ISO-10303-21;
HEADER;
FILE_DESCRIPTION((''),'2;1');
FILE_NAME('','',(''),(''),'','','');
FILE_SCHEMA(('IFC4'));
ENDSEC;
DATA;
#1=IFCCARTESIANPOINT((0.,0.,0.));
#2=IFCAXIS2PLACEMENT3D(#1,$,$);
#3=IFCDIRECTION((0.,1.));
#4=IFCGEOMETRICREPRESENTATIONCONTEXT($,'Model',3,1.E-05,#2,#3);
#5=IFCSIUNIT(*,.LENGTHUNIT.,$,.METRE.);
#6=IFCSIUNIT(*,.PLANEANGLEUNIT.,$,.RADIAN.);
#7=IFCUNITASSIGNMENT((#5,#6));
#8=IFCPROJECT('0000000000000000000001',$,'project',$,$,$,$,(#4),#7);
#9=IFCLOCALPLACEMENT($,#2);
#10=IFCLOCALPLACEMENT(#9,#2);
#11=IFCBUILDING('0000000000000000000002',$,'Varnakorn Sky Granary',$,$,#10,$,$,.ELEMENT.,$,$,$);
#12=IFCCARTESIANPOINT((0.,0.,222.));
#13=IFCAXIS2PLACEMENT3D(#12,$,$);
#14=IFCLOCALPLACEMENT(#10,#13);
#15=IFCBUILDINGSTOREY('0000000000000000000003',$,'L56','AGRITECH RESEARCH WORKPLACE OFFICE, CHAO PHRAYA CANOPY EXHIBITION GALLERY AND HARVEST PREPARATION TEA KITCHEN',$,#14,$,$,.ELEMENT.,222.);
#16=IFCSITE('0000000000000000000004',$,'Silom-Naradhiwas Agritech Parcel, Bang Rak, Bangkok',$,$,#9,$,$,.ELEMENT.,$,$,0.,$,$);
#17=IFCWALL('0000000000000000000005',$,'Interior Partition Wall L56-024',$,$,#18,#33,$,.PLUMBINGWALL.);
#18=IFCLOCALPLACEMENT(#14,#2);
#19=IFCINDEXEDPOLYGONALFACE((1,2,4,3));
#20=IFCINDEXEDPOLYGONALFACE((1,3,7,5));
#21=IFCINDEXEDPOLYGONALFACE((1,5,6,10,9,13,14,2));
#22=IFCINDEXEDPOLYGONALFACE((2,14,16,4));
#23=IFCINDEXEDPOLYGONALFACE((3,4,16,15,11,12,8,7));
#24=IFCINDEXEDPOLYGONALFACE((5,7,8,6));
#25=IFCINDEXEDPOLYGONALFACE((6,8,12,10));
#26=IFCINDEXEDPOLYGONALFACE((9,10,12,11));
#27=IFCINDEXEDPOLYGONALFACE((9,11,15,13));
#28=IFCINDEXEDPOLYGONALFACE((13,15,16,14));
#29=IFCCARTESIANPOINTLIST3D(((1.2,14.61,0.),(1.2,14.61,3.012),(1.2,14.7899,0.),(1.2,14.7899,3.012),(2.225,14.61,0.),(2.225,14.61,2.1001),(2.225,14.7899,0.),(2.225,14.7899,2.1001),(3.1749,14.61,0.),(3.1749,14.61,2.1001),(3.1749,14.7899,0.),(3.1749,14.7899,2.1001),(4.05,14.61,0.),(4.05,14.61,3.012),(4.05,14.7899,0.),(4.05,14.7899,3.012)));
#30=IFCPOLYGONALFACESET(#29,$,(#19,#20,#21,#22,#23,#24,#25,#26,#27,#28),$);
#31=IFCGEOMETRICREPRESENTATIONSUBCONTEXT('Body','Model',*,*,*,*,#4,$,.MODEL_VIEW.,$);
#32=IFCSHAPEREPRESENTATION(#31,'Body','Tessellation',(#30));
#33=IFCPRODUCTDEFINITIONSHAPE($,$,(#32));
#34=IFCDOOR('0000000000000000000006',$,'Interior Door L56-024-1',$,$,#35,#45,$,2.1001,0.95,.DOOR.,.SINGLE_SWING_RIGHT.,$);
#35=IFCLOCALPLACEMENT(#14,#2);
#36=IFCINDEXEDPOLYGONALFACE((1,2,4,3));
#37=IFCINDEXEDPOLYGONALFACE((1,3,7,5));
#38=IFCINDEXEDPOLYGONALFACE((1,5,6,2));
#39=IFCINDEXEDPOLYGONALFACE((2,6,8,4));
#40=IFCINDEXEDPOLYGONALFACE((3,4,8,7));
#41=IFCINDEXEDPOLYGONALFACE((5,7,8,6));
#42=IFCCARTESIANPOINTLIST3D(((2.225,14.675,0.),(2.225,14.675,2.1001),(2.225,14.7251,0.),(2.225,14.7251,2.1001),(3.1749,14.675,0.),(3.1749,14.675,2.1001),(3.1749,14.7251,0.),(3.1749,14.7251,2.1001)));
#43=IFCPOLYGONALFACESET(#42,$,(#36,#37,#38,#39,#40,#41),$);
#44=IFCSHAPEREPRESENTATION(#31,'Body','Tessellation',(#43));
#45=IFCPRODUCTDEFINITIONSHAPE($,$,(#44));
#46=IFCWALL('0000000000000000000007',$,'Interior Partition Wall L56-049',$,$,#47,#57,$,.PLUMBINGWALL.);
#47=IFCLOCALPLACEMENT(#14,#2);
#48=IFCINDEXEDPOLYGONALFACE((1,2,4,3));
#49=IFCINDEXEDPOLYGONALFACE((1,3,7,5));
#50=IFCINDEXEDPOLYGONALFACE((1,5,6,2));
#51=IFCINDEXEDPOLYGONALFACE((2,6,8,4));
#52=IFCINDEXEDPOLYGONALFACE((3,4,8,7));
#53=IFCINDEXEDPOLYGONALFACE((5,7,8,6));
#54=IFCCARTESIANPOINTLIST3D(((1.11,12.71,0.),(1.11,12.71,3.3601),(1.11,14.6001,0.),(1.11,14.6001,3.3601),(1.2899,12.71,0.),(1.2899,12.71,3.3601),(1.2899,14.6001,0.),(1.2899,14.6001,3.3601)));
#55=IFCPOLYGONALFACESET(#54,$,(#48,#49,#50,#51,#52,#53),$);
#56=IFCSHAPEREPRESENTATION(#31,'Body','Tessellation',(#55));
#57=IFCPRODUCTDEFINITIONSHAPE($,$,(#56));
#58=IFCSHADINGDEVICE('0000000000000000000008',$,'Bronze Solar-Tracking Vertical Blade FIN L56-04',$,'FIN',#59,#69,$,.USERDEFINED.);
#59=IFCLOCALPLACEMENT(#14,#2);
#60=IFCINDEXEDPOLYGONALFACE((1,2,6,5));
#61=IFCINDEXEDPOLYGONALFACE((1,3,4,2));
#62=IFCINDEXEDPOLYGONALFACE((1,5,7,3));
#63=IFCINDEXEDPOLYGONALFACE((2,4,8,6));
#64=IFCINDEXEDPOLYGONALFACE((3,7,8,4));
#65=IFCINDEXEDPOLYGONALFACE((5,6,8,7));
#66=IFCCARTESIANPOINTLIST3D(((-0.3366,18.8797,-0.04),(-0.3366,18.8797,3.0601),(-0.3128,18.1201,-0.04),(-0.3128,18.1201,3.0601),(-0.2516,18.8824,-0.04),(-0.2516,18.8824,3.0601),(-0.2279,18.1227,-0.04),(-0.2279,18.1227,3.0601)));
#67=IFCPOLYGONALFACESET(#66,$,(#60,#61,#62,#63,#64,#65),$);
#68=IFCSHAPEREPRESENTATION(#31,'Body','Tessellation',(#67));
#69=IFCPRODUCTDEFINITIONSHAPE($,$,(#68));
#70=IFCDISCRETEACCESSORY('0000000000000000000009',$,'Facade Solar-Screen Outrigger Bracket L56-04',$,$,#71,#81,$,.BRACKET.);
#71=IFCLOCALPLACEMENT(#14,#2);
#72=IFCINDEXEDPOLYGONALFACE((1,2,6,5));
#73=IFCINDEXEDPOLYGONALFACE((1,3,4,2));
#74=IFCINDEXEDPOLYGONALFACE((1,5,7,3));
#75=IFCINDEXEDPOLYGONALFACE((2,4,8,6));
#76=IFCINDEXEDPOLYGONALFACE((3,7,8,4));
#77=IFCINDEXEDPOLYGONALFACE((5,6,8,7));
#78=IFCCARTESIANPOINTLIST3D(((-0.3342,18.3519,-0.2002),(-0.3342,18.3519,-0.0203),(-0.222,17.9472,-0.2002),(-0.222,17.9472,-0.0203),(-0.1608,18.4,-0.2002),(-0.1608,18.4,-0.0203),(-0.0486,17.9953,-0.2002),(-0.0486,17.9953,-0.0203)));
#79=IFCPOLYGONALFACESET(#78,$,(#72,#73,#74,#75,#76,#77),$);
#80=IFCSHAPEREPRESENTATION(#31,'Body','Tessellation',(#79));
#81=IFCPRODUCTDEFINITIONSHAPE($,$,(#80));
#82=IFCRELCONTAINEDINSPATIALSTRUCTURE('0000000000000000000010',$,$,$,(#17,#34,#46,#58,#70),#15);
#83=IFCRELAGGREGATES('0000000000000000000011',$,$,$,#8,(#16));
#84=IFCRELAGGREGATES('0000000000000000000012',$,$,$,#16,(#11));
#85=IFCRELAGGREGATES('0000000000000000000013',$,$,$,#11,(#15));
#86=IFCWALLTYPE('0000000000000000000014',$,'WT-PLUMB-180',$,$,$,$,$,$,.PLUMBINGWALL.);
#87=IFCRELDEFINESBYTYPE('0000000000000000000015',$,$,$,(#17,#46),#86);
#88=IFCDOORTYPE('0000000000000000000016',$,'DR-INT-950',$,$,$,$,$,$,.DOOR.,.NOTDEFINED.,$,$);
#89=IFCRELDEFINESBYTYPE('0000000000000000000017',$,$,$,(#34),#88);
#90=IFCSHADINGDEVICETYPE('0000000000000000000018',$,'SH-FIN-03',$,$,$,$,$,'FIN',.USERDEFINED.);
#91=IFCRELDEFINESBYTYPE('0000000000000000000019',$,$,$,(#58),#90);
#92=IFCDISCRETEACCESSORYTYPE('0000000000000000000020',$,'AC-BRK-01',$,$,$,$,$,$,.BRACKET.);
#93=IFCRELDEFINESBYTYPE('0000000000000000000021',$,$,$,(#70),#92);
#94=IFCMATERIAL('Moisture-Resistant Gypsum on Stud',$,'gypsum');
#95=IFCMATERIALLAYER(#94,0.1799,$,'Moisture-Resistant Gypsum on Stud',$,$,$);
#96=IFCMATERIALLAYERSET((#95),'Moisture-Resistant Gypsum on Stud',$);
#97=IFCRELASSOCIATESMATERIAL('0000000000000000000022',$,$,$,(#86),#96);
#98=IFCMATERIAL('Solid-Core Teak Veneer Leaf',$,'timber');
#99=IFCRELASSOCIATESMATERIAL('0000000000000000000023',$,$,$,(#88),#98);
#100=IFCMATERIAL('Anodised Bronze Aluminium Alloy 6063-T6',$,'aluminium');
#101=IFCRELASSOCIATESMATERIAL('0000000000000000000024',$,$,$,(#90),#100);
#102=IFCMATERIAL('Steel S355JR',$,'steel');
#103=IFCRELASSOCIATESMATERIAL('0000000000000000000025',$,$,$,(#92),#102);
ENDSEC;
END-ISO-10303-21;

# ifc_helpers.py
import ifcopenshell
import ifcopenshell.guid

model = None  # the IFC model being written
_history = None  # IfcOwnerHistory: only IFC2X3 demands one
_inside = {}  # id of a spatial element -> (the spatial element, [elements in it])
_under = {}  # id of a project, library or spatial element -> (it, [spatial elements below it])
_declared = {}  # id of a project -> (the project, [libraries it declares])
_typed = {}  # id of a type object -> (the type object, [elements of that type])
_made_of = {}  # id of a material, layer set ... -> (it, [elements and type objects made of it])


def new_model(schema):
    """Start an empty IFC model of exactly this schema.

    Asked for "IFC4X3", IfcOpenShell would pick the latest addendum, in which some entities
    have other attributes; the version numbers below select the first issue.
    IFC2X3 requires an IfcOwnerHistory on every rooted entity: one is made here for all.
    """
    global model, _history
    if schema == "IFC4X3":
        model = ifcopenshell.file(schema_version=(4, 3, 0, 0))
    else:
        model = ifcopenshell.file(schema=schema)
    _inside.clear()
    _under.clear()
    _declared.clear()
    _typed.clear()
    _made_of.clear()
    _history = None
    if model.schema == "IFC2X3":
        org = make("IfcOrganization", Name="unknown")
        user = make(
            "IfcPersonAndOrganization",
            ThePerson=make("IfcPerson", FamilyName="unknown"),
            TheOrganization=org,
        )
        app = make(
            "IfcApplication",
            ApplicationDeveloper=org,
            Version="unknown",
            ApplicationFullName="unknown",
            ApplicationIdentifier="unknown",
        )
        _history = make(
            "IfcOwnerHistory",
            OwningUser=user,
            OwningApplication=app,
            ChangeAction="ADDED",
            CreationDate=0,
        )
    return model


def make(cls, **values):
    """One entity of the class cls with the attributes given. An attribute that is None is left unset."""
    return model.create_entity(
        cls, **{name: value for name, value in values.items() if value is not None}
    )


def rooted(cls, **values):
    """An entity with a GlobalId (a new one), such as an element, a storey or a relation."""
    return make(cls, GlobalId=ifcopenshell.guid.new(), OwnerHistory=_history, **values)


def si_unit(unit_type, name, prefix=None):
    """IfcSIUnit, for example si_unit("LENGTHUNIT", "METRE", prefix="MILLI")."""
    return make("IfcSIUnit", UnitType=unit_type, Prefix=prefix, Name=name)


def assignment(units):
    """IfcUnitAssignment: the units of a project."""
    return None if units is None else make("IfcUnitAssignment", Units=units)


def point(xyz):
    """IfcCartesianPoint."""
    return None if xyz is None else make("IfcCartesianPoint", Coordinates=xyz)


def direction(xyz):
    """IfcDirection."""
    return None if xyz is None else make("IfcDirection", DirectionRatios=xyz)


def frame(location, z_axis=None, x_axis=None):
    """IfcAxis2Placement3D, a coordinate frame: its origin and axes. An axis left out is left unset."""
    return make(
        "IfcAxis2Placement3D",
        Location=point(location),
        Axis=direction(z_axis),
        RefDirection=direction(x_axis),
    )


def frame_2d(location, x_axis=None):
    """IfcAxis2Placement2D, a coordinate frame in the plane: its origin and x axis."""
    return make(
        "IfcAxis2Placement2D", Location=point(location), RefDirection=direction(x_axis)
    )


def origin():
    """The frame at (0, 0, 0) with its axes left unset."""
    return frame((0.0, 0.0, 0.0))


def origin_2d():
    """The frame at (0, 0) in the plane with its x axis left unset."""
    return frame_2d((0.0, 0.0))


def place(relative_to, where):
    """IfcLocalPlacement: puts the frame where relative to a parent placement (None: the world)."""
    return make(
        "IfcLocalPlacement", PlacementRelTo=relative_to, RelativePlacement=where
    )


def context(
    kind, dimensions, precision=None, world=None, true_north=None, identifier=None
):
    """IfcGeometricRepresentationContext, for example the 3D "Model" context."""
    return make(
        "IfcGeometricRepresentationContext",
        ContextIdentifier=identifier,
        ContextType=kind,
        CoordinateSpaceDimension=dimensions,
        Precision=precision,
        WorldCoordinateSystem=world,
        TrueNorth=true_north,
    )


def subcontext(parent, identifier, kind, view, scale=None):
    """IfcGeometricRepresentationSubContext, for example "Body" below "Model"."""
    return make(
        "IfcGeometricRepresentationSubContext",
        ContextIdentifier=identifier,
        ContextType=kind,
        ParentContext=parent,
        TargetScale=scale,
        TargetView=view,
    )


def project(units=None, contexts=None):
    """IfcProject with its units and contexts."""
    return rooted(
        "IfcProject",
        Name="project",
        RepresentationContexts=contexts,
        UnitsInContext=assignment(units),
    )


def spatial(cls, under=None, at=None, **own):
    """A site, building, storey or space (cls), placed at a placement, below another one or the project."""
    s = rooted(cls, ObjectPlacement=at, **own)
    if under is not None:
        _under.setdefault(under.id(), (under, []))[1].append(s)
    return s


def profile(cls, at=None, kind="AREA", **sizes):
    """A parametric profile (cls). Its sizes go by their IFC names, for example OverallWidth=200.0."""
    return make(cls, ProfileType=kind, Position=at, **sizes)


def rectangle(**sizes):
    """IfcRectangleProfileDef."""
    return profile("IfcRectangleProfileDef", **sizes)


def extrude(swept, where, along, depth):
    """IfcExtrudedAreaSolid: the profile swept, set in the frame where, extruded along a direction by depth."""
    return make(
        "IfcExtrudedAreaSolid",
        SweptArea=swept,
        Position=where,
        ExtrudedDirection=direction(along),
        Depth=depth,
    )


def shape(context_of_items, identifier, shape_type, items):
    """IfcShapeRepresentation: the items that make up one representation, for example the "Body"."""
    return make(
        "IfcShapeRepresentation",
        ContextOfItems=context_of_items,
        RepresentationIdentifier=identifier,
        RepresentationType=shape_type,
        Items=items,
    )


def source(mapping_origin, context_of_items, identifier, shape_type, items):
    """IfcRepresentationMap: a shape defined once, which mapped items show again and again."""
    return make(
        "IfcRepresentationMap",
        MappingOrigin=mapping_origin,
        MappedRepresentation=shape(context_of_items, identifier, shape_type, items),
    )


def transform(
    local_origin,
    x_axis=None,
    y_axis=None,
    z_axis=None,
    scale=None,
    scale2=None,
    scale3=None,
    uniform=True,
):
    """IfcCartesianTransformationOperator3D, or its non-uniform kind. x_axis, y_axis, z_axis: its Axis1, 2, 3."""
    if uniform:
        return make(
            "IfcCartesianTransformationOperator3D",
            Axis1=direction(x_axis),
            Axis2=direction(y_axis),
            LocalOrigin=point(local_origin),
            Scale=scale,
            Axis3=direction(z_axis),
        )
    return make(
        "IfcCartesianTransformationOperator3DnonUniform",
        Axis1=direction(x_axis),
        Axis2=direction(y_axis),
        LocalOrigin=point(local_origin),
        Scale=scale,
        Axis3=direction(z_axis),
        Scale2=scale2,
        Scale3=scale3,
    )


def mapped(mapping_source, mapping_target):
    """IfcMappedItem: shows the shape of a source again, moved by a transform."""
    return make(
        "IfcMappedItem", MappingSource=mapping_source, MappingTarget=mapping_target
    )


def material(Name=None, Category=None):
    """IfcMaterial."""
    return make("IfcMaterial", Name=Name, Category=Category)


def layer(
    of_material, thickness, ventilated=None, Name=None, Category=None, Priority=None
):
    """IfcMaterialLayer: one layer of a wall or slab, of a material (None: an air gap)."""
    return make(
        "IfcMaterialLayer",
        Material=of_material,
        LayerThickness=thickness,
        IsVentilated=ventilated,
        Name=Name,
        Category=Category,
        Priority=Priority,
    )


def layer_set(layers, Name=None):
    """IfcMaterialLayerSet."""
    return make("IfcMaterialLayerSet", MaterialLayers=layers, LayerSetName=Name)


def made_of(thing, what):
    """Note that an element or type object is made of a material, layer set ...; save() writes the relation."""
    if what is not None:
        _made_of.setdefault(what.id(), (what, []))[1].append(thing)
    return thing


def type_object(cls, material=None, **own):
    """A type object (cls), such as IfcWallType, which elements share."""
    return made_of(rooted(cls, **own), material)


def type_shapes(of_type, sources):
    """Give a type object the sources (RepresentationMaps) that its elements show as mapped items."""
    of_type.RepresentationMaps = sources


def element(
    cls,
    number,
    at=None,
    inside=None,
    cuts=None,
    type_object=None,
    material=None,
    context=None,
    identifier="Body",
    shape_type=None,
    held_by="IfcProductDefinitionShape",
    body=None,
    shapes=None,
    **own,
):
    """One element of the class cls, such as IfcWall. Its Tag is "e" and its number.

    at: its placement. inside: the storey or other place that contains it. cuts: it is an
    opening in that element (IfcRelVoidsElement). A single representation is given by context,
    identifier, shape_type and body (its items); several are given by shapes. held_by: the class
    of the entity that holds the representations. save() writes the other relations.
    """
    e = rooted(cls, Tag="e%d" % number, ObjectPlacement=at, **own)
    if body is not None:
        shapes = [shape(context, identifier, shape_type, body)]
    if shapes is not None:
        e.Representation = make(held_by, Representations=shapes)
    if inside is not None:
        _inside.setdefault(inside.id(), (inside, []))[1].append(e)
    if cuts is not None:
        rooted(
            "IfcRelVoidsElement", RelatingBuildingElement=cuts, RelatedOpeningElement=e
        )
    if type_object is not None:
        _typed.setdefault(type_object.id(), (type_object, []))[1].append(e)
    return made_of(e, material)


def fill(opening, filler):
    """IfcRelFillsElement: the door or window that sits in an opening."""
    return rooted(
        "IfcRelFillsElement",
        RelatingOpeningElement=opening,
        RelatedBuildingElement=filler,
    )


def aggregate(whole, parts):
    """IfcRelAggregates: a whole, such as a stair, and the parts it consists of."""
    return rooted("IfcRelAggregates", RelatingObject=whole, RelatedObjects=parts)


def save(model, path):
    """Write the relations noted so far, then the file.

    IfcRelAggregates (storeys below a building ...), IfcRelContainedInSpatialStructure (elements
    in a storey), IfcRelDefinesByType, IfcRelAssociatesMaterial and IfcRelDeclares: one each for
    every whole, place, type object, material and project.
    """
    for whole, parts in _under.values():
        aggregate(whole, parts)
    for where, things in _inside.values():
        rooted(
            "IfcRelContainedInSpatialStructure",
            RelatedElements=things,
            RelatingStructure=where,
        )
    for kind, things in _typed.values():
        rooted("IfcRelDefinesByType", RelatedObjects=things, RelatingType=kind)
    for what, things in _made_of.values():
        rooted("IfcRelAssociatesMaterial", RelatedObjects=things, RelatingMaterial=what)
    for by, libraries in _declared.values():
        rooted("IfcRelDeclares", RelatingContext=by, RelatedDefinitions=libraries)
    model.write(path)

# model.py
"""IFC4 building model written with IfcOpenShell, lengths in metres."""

from ifc_helpers import new_model, si_unit, direction, frame, frame_2d, origin, origin_2d, place, context, subcontext, project, spatial, rectangle, extrude, source, transform, mapped, material, layer, layer_set, type_object, type_shapes, element, fill, save


model = new_model("IFC4")

# Units and contexts
model_context = context("Model", 3, precision=1e-05, world=origin(), true_north=direction((0.0, 1.0)))
body_context = subcontext(model_context, "Body", "Model", "MODEL_VIEW")
ifc_project = project(units=[si_unit("LENGTHUNIT", "METRE"), si_unit("PLANEANGLEUNIT", "RADIAN")], contexts=[model_context])

# Site, building, storey
site_placement = place(None, origin())
site = spatial("IfcSite", under=ifc_project, at=site_placement, Name="Silom-Naradhiwas Agritech Parcel, Bang Rak, Bangkok", CompositionType="ELEMENT", RefElevation=0.0)
building_placement = place(site_placement, origin())
building = spatial("IfcBuilding", under=site, at=building_placement, Name="Varnakorn Sky Granary", CompositionType="ELEMENT")
storey_placement = place(building_placement, frame((0.0, 0.0, 222.0)))
storey = spatial("IfcBuildingStorey", under=building, at=storey_placement, Name="L56", Description="AGRITECH RESEARCH WORKPLACE OFFICE, CHAO PHRAYA CANOPY EXHIBITION GALLERY AND HARVEST PREPARATION TEA KITCHEN", CompositionType="ELEMENT", Elevation=222.0)

# Shared definitions
ifc_material_1 = material(Name="Steel S355JR", Category="steel")

# Shared definitions
ifc_material_2 = material(Name="Anodised Bronze Aluminium Alloy 6063-T6", Category="aluminium")

# Wall, opening, door
ifc_material_3 = material(Name="Moisture-Resistant Gypsum on Stud", Category="gypsum")
ifc_layer_1 = layer(ifc_material_3, 0.1799, Name="Moisture-Resistant Gypsum on Stud")
ifc_layer_set_1 = layer_set([ifc_layer_1], Name="Moisture-Resistant Gypsum on Stud")
wall_type_1 = type_object("IfcWallType", Name="WT-PLUMB-180", PredefinedType="PLUMBINGWALL", material=ifc_layer_set_1)
wall_1_placement = place(storey_placement, frame((4.05, 14.7, 0.0), z_axis=(0.0, 0.0, 1.0), x_axis=(-1.0, 0.0, 0.0)))
wall_1 = element("IfcWall", 1, at=wall_1_placement, inside=storey, type_object=wall_type_1, Name="Interior Partition Wall L56-024", PredefinedType="PLUMBINGWALL", context=body_context, shape_type="SweptSolid", body=[
    extrude(rectangle(XDim=2.8501, YDim=0.1799, at=frame_2d((1.425, 0.0))), origin(), (0.0, 0.0, 1.0), 3.012),
])
opening_1_placement = place(wall_1_placement, frame((0.875, 0.0, 0.0)))
opening_1 = element("IfcOpeningElement", 2, at=opening_1_placement, cuts=wall_1, PredefinedType="OPENING", context=body_context, shape_type="SweptSolid", body=[
    extrude(rectangle(XDim=0.95, YDim=2.1001, at=frame_2d((0.4751, 1.05))), frame((0.0, 0.1001, 0.0), z_axis=(0.0, -1.0, 0.0), x_axis=(1.0, 0.0, 0.0)), (0.0, 0.0, 1.0), 0.2),
])
ifc_material_4 = material(Name="Solid-Core Teak Veneer Leaf", Category="timber")
door_type_1 = type_object("IfcDoorType", Name="DR-INT-950", OperationType="NOTDEFINED", PredefinedType="DOOR", material=ifc_material_4)
door_1_placement = place(opening_1_placement, origin())
door_1 = element("IfcDoor", 3, at=door_1_placement, inside=storey, type_object=door_type_1, Name="Interior Door L56-024-1", OperationType="SINGLE_SWING_RIGHT", OverallHeight=2.1001, OverallWidth=0.95, PredefinedType="DOOR", context=body_context, shape_type="SweptSolid", body=[
    extrude(rectangle(XDim=0.95, YDim=2.1001, at=frame_2d((0.4751, 1.05))), frame((0.0, 0.0249, 0.0), z_axis=(0.0, -1.0, 0.0), x_axis=(1.0, 0.0, 0.0)), (0.0, 0.0, 1.0), 0.05),
])
fill(opening_1, door_1)

# Wall
wall_2_placement = place(storey_placement, frame((1.2, 14.6001, 0.0), z_axis=(0.0, 0.0, 1.0), x_axis=(0.0, -1.0, 0.0)))
element("IfcWall", 4, at=wall_2_placement, inside=storey, type_object=wall_type_1, Name="Interior Partition Wall L56-049", PredefinedType="PLUMBINGWALL", context=body_context, shape_type="SweptSolid", body=[
    extrude(rectangle(XDim=1.8901, YDim=0.1799, at=frame_2d((0.9451, 0.0))), origin(), (0.0, 0.0, 1.0), 3.3601),
])

# Shading device
shading_device_type = type_object("IfcShadingDeviceType", Name="SH-FIN-03", ElementType="FIN", PredefinedType="USERDEFINED", material=ifc_material_2)
shared_shape_1 = source(origin(), body_context, "Body", "SweptSolid", [
    extrude(rectangle(XDim=0.085, YDim=0.76, at=origin_2d()), origin(), (0.0, 0.0, 1.0), 3.1001),
])
type_shapes(shading_device_type, [shared_shape_1])
shading_device_placement = place(storey_placement, frame((-0.2822, 18.5012, -0.04), z_axis=(0.0, 0.0, 1.0), x_axis=(-0.999512, -0.031239, 0.0)))
element("IfcShadingDevice", 5, at=shading_device_placement, inside=storey, type_object=shading_device_type, Name="Bronze Solar-Tracking Vertical Blade FIN L56-04", ObjectType="FIN", PredefinedType="USERDEFINED", context=body_context, shape_type="MappedRepresentation", body=[
    mapped(shared_shape_1, transform((0.0, 0.0, 0.0), x_axis=(1.0, 0.0, 0.0), y_axis=(0.0, 1.0, 0.0), z_axis=(0.0, 0.0, 1.0), scale=1.0)),
])

# Discrete accessory
discrete_accessory_type = type_object("IfcDiscreteAccessoryType", Name="AC-BRK-01", PredefinedType="BRACKET", material=ifc_material_1)
shared_shape_2 = source(origin(), body_context, "Body", "SweptSolid", [
    extrude(rectangle(XDim=0.1799, YDim=0.4199, at=origin_2d()), origin(), (0.0, 0.0, 1.0), 0.1799),
])
type_shapes(discrete_accessory_type, [shared_shape_2])
discrete_accessory_placement = place(storey_placement, frame((-0.1914, 18.1736, -0.2002), z_axis=(0.0, 0.0, 1.0), x_axis=(-0.963613, -0.267301, 0.0)))
element("IfcDiscreteAccessory", 6, at=discrete_accessory_placement, inside=storey, type_object=discrete_accessory_type, Name="Facade Solar-Screen Outrigger Bracket L56-04", PredefinedType="BRACKET", context=body_context, shape_type="MappedRepresentation", body=[
    mapped(shared_shape_2, transform((0.0, 0.0, 0.0), x_axis=(1.0, 0.0, 0.0), y_axis=(0.0, 1.0, 0.0), z_axis=(0.0, 0.0, 1.0), scale=1.0)),
])

save(model, "model.ifc")
